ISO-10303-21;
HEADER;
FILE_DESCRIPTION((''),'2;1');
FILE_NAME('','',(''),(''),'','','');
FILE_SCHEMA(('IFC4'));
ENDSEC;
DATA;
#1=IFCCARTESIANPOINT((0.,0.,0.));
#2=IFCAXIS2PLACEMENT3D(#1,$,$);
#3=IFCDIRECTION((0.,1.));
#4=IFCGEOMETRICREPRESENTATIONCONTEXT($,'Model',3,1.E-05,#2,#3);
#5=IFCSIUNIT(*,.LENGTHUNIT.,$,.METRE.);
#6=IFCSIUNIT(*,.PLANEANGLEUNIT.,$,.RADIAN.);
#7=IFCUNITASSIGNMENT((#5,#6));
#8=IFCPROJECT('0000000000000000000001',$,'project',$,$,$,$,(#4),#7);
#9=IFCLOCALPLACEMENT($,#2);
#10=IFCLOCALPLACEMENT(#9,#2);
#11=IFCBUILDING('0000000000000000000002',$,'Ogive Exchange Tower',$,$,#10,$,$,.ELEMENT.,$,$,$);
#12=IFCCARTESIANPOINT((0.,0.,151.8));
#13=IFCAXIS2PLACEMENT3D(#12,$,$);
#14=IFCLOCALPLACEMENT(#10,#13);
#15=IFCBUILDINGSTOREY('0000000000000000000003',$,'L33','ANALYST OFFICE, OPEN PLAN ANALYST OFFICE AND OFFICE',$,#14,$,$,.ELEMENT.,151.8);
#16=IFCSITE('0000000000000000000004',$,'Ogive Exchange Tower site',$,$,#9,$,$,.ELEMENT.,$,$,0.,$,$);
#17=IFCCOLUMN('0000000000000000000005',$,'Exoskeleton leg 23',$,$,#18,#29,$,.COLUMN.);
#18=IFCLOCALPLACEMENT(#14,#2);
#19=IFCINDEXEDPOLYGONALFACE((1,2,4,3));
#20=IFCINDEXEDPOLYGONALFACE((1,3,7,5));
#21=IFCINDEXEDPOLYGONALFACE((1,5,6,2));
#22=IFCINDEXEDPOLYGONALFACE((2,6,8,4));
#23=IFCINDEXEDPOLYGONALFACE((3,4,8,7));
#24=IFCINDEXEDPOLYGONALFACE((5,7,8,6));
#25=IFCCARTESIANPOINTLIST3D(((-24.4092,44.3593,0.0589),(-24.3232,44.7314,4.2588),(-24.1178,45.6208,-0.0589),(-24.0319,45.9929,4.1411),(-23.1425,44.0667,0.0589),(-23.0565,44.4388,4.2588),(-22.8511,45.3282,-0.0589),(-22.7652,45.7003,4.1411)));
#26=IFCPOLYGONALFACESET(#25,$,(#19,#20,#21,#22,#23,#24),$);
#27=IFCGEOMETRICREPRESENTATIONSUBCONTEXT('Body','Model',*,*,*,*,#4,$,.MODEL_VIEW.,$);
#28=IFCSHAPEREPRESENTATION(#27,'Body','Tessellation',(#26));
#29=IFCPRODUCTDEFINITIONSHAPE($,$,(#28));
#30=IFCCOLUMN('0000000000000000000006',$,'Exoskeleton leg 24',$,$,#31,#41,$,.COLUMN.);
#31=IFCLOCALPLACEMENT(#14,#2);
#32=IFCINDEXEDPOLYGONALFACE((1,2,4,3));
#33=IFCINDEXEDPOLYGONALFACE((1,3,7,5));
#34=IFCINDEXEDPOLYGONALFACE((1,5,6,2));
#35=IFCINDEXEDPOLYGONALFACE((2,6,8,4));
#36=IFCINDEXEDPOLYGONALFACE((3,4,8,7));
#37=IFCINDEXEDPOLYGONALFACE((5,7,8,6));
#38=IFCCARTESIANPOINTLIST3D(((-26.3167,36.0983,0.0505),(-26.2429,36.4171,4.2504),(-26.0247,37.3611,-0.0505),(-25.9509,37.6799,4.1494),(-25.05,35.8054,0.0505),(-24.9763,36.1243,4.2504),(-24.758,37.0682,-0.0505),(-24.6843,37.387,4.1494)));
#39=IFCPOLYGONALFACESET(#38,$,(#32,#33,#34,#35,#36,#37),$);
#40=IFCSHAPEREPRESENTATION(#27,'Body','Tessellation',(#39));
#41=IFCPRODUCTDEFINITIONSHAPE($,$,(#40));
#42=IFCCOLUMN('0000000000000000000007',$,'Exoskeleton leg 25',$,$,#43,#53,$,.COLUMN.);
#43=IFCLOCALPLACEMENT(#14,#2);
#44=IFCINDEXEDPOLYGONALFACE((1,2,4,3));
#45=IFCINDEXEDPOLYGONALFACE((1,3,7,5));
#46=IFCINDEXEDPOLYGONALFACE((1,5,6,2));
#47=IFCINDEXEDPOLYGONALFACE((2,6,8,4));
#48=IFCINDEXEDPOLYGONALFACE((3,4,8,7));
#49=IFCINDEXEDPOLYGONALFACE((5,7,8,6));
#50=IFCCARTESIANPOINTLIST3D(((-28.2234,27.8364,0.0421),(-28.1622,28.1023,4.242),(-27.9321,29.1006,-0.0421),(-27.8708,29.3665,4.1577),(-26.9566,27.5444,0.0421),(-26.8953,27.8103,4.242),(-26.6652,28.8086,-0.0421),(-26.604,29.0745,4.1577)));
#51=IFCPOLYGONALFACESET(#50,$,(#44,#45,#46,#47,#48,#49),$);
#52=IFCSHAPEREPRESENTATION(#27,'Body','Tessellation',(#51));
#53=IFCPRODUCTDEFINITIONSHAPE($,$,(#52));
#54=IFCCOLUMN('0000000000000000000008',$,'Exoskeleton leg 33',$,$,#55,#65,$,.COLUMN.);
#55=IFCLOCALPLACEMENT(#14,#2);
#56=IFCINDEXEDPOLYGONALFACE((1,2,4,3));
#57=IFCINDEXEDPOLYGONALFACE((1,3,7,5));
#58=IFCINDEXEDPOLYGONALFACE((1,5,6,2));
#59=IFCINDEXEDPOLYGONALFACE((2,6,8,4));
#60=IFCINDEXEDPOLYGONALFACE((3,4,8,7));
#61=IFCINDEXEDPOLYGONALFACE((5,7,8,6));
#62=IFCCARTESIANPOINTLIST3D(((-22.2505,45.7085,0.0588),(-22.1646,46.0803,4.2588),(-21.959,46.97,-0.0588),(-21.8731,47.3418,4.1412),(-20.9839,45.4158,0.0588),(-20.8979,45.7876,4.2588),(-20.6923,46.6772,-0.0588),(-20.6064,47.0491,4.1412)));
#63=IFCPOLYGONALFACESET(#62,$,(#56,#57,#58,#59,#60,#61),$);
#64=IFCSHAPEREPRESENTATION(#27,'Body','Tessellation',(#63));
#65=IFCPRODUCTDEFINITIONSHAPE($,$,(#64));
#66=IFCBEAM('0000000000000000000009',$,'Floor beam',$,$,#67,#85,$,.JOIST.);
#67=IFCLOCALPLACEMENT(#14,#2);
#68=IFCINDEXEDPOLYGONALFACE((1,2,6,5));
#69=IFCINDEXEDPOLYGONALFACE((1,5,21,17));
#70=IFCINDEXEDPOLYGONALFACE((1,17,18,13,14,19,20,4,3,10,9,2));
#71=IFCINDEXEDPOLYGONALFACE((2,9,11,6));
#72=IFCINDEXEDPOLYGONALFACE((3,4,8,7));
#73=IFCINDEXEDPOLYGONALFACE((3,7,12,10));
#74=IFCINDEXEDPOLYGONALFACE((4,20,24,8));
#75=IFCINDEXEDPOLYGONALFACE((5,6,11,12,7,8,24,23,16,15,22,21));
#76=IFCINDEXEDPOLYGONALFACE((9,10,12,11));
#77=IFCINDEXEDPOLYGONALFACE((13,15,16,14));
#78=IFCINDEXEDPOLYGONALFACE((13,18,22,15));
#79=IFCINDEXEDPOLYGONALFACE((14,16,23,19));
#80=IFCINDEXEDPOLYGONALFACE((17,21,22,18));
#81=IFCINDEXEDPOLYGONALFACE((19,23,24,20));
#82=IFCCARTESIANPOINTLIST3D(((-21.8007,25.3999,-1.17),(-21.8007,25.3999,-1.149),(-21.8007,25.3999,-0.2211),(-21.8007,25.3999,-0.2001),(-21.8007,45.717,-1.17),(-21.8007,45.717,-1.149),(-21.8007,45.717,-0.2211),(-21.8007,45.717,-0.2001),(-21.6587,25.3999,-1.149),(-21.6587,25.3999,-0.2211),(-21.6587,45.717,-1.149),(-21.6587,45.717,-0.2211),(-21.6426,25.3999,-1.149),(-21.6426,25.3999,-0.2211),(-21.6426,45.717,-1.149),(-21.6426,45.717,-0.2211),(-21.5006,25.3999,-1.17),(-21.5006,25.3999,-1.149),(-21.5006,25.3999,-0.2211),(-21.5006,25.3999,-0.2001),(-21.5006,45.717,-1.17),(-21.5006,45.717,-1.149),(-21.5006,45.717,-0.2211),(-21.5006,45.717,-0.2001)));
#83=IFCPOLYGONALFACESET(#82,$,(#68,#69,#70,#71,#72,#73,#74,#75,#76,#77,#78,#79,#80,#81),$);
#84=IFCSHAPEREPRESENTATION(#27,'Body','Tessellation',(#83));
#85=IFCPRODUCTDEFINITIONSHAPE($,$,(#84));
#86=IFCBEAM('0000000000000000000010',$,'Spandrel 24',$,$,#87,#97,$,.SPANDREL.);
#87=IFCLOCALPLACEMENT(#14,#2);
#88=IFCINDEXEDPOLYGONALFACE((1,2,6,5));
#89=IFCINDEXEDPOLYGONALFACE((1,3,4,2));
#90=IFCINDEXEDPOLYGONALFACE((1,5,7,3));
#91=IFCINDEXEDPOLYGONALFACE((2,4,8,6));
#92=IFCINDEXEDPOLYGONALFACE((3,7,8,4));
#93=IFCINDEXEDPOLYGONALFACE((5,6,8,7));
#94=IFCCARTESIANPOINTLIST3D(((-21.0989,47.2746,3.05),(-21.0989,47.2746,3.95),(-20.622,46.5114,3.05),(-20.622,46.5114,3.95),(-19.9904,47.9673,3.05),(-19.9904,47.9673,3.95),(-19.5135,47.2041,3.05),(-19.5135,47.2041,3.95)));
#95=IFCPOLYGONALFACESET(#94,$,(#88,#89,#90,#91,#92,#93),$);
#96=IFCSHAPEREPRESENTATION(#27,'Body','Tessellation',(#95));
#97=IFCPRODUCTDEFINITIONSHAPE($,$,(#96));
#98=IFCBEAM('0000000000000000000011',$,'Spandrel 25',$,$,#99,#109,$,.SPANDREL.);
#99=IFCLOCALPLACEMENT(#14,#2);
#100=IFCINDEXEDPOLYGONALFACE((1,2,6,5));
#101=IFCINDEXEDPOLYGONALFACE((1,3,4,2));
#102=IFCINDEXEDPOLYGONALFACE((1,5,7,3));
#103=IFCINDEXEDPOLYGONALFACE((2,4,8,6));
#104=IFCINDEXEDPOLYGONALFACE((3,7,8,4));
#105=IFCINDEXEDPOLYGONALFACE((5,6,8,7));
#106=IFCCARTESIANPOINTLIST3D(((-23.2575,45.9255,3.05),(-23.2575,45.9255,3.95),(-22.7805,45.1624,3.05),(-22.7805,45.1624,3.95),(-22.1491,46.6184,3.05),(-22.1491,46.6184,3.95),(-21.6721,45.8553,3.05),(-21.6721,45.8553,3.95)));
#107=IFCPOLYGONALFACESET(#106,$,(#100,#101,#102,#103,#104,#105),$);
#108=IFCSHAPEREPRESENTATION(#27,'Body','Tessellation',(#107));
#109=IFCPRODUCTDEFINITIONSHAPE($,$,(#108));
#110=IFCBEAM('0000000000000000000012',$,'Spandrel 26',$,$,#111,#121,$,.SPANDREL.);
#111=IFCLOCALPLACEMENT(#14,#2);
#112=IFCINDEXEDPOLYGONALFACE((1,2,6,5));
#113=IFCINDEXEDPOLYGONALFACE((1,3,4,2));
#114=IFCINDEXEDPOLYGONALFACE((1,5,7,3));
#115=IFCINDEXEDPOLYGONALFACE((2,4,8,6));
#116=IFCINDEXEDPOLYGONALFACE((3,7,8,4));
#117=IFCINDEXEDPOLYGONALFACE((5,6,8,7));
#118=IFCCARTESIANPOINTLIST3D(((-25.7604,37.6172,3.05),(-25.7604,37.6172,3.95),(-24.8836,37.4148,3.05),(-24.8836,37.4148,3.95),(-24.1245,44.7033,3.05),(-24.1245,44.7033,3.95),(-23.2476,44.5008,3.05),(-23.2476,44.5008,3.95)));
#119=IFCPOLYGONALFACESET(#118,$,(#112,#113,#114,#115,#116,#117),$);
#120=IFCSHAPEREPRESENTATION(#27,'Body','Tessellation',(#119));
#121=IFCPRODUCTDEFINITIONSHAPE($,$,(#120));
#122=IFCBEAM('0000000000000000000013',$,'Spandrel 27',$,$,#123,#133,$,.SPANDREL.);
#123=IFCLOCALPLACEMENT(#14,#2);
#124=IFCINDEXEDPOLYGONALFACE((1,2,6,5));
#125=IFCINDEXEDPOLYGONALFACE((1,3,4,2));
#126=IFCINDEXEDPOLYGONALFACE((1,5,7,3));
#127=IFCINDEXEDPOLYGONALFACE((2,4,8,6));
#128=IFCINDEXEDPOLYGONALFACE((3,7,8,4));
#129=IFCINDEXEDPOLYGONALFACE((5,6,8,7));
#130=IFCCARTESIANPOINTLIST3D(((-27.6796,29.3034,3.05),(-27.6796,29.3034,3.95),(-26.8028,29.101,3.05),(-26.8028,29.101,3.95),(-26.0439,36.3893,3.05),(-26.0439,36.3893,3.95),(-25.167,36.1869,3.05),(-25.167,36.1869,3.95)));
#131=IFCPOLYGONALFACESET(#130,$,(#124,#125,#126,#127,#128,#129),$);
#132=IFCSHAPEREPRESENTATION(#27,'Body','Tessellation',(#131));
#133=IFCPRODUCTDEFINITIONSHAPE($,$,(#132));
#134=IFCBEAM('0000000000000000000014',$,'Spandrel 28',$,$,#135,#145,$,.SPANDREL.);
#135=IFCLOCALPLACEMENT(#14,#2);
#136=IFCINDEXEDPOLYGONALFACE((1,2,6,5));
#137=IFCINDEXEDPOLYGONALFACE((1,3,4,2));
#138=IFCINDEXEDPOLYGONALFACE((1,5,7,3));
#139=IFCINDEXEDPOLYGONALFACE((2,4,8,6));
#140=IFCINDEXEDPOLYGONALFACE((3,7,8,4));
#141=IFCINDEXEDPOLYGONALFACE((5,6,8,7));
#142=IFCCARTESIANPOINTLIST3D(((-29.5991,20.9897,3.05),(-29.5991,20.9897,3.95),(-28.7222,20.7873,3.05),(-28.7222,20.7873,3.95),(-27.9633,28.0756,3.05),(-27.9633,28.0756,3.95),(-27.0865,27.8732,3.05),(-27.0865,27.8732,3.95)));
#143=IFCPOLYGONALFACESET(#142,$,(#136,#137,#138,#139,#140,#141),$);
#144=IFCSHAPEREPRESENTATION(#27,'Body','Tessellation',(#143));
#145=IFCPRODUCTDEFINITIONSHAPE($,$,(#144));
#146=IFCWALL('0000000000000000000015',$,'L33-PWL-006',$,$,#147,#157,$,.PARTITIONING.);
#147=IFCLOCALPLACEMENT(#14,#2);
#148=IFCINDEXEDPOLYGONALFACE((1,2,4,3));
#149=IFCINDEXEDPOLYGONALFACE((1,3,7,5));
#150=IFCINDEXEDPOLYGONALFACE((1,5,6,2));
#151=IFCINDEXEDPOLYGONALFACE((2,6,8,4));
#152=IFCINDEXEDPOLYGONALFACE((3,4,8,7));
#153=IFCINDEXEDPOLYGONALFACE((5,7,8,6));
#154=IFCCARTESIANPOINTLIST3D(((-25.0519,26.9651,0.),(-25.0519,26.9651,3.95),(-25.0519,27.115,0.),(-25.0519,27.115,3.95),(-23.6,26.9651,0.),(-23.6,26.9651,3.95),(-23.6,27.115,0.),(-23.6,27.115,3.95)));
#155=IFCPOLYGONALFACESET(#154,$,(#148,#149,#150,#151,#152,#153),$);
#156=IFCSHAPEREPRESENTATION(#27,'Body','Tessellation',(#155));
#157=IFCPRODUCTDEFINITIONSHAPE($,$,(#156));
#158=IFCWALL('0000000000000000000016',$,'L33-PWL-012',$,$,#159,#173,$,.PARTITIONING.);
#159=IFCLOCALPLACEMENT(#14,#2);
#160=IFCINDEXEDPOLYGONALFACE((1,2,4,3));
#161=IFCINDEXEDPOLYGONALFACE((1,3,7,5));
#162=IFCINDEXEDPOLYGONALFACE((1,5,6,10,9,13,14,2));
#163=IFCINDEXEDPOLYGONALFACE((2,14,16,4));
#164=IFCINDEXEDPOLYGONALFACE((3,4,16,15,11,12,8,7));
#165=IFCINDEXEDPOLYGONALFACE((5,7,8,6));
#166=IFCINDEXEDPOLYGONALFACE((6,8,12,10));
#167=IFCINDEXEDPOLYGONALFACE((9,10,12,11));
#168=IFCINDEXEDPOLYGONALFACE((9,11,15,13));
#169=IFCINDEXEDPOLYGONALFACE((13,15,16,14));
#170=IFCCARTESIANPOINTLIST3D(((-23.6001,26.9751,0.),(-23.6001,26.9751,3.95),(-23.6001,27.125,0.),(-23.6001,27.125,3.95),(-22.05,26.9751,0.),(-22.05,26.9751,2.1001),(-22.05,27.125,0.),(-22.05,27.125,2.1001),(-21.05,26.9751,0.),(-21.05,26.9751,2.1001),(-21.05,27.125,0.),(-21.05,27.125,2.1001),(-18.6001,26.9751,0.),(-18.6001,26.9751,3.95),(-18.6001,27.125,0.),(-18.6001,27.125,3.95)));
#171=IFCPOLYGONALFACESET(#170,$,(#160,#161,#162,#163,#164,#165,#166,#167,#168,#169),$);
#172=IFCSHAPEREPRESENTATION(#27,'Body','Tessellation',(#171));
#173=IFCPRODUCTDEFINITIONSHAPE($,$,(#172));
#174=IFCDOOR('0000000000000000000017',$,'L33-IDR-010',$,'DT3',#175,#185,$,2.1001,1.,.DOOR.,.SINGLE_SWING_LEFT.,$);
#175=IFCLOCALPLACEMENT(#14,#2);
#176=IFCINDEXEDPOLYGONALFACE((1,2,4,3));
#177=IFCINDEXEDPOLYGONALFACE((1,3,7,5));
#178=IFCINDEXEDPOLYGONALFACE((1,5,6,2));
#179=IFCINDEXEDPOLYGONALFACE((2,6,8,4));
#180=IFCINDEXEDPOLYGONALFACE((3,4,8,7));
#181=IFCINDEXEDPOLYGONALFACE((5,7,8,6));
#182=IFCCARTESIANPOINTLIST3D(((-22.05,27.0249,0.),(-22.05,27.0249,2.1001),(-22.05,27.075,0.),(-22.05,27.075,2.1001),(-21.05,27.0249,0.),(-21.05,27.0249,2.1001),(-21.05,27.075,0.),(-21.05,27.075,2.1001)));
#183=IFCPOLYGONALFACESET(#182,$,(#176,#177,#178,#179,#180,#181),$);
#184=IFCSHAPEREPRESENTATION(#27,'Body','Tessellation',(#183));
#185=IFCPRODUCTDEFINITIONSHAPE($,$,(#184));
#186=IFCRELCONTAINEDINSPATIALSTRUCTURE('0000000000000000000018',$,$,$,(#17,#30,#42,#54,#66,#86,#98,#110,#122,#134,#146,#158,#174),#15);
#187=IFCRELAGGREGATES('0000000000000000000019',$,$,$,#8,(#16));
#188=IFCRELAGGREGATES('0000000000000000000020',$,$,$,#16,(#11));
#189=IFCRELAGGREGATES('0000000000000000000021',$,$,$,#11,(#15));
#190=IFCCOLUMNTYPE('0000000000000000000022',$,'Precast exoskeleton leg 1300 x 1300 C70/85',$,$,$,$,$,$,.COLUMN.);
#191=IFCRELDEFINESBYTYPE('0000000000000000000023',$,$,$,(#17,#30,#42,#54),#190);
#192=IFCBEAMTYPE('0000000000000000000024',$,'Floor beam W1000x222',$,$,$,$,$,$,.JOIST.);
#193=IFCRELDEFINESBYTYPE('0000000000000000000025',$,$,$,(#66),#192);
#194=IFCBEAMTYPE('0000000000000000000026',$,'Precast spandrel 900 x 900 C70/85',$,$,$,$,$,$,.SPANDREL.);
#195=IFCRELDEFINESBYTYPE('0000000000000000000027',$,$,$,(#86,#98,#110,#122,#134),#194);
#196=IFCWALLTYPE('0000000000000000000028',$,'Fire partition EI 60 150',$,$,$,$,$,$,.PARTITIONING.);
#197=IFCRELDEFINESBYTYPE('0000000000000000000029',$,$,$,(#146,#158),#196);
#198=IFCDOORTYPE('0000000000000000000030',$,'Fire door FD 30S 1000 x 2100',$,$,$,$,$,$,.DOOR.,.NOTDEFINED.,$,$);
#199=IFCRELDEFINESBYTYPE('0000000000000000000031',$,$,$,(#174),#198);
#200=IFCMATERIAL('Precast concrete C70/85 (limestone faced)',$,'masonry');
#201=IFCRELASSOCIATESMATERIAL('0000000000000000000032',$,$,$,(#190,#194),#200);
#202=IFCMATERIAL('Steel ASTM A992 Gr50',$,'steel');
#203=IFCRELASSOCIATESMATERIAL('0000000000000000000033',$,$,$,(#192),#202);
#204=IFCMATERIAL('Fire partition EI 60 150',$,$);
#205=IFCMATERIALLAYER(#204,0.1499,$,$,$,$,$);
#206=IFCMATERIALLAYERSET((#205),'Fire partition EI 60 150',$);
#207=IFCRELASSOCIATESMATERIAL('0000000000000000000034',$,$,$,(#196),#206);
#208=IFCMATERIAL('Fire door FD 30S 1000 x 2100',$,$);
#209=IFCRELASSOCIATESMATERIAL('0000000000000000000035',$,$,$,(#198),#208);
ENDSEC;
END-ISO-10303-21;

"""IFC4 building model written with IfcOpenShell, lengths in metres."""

from ifc_helpers import new_model, si_unit, direction, frame, frame_2d, origin, origin_2d, place, context, subcontext, project, spatial, rectangle, i_section, extrude, material, layer, layer_set, material_profile, profile_set, type_object, element, fill, save


model = new_model("IFC4")

# Units and contexts
model_context = context("Model", 3, precision=1e-05, world=origin(), true_north=direction((0.0, 1.0)))
body_context = subcontext(model_context, "Body", "Model", "MODEL_VIEW")
ifc_project = project(units=[si_unit("LENGTHUNIT", "METRE"), si_unit("PLANEANGLEUNIT", "RADIAN")], contexts=[model_context])

# Site, building, storey
site_placement = place(None, origin())
site = spatial("IfcSite", under=ifc_project, at=site_placement, Name="Ogive Exchange Tower site", CompositionType="ELEMENT", RefElevation=0.0)
building_placement = place(site_placement, origin())
building = spatial("IfcBuilding", under=site, at=building_placement, Name="Ogive Exchange Tower", CompositionType="ELEMENT")
storey_placement = place(building_placement, frame((0.0, 0.0, 151.8)))
storey = spatial("IfcBuildingStorey", under=building, at=storey_placement, Name="L33", Description="ANALYST OFFICE, OPEN PLAN ANALYST OFFICE AND OFFICE", CompositionType="ELEMENT", Elevation=151.8)

# Columns
ifc_material_1 = material(Name="Precast concrete C70/85 (limestone faced)", Category="masonry")
ifc_material_profile_1 = material_profile(ifc_material_1, rectangle(XDim=1.3, YDim=1.3, at=origin_2d()), Name="1300 x 1300")
ifc_profile_set_1 = profile_set([ifc_material_profile_1], Name="Precast concrete C70/85 (limestone faced)")
column_type = type_object("IfcColumnType", Name="Precast exoskeleton leg 1300 x 1300 C70/85", PredefinedType="COLUMN", material=ifc_profile_set_1)
column_1_placement = place(storey_placement, frame((-23.6301, 44.8438, 0.0), z_axis=(0.020377, 0.088225, 0.995892), x_axis=(-0.974348, 0.225046, 0.0)))
element("IfcColumn", 1, at=column_1_placement, inside=storey, type_object=column_type, Name="Exoskeleton leg 23", PredefinedType="COLUMN", context=body_context, shape_type="SweptSolid", body=[
    extrude(rectangle(XDim=1.3, YDim=1.3, at=origin_2d()), origin(), (0.0, 0.0, 1.0), 4.2173),
])
column_2_placement = place(storey_placement, frame((-25.5374, 36.5833, 0.0), z_axis=(0.017502, 0.075688, 0.996978), x_axis=(-0.974291, 0.225295, 0.0)))
element("IfcColumn", 2, at=column_2_placement, inside=storey, type_object=column_type, Name="Exoskeleton leg 24", PredefinedType="COLUMN", context=body_context, shape_type="SweptSolid", body=[
    extrude(rectangle(XDim=1.3, YDim=1.3, at=origin_2d()), origin(), (0.0, 0.0, 1.0), 4.2126),
])
column_3_placement = place(storey_placement, frame((-27.4443, 28.3225, 0.0), z_axis=(0.01456, 0.06317, 0.997897), x_axis=(-0.974451, 0.224598, 0.0)))
element("IfcColumn", 3, at=column_3_placement, inside=storey, type_object=column_type, Name="Exoskeleton leg 25", PredefinedType="COLUMN", context=body_context, shape_type="SweptSolid", body=[
    extrude(rectangle(XDim=1.3, YDim=1.3, at=origin_2d()), origin(), (0.0, 0.0, 1.0), 4.2087),
])
column_4_placement = place(storey_placement, frame((-21.4714, 46.1929, 0.0), z_axis=(0.020378, 0.088168, 0.995897), x_axis=(-0.974316, 0.225187, 0.0)))
element("IfcColumn", 4, at=column_4_placement, inside=storey, type_object=column_type, Name="Exoskeleton leg 33", PredefinedType="COLUMN", context=body_context, shape_type="SweptSolid", body=[
    extrude(rectangle(XDim=1.3, YDim=1.3, at=origin_2d()), origin(), (0.0, 0.0, 1.0), 4.2173),
])

# Beams
ifc_material_2 = material(Name="Steel ASTM A992 Gr50", Category="steel")
ifc_material_profile_2 = material_profile(ifc_material_2, i_section(OverallWidth=0.3, OverallDepth=0.97, WebThickness=0.0161, FlangeThickness=0.021, at=origin_2d()), Name="W1000x222")
ifc_profile_set_2 = profile_set([ifc_material_profile_2], Name="Steel ASTM A992 Gr50")
beam_type_1 = type_object("IfcBeamType", Name="Floor beam W1000x222", PredefinedType="JOIST", material=ifc_profile_set_2)
beam_1_placement = place(storey_placement, frame((-21.6506, 25.3999, -0.6851), z_axis=(0.0, 1.0, 0.0), x_axis=(-1.0, 0.0, 0.0)))
element("IfcBeam", 5, at=beam_1_placement, inside=storey, type_object=beam_type_1, Name="Floor beam", PredefinedType="JOIST", context=body_context, shape_type="SweptSolid", body=[
    extrude(i_section(OverallWidth=0.3, OverallDepth=0.97, WebThickness=0.0161, FlangeThickness=0.021, at=origin_2d()), origin(), (0.0, 0.0, 1.0), 20.3171),
])
ifc_material_profile_3 = material_profile(ifc_material_1, rectangle(XDim=0.8999, YDim=0.8999, at=origin_2d()), Name="900 x 900")
ifc_profile_set_3 = profile_set([ifc_material_profile_3], Name="Precast concrete C70/85 (limestone faced)")
beam_type_2 = type_object("IfcBeamType", Name="Precast spandrel 900 x 900 C70/85", PredefinedType="SPANDREL", material=ifc_profile_set_3)
for number, where, z_axis, x_axis, name in (
    (6, (-19.752, 47.5857, 3.5), (-0.84804, -0.529932, 0.0), (0.529932, -0.84804, 0.0), "Spandrel 24"),
    (7, (-21.9106, 46.2368, 3.5), (-0.847956, -0.530066, 0.0), (0.530066, -0.847956, 0.0), "Spandrel 25"),
):
    element("IfcBeam", number, at=place(storey_placement, frame(where, z_axis=z_axis, x_axis=x_axis)), inside=storey, type_object=beam_type_2, Name=name, PredefinedType="SPANDREL", context=body_context, shape_type="SweptSolid", body=[
        extrude(rectangle(XDim=0.8999, YDim=0.8999, at=origin_2d()), origin(), (0.0, 0.0, 1.0), 1.3071),
    ])
beam_2_placement = place(storey_placement, frame((-23.686, 44.6021, 3.5), z_axis=(-0.224953, -0.97437, 0.0), x_axis=(0.97437, -0.224953, 0.0)))
element("IfcBeam", 8, at=beam_2_placement, inside=storey, type_object=beam_type_2, Name="Spandrel 26", PredefinedType="SPANDREL", context=body_context, shape_type="SweptSolid", body=[
    extrude(rectangle(XDim=0.8999, YDim=0.8999, at=origin_2d()), origin(), (0.0, 0.0, 1.0), 7.2725),
])
for number, where, z_axis, x_axis, name in (
    (9, (-25.6055, 36.2881, 3.5), (-0.224928, -0.974375, 0.0), (0.974375, -0.224928, 0.0), "Spandrel 27"),
    (10, (-27.5249, 27.9744, 3.5), (-0.224928, -0.974375, 0.0), (0.974375, -0.224928, 0.0), "Spandrel 28"),
):
    element("IfcBeam", number, at=place(storey_placement, frame(where, z_axis=z_axis, x_axis=x_axis)), inside=storey, type_object=beam_type_2, Name=name, PredefinedType="SPANDREL", context=body_context, shape_type="SweptSolid", body=[
        extrude(rectangle(XDim=0.8999, YDim=0.8999, at=origin_2d()), origin(), (0.0, 0.0, 1.0), 7.2722),
    ])

# Wall
ifc_material_3 = material(Name="Fire partition EI 60 150")
ifc_layer_1 = layer(ifc_material_3, 0.1499)
ifc_layer_set_1 = layer_set([ifc_layer_1], Name="Fire partition EI 60 150")
wall_type_1 = type_object("IfcWallType", Name="Fire partition EI 60 150", PredefinedType="PARTITIONING", material=ifc_layer_set_1)
wall_1_placement = place(storey_placement, frame((-25.052, 27.04, 0.0), z_axis=(0.0, 0.0, 1.0), x_axis=(1.0, 0.0, 0.0)))
element("IfcWall", 11, at=wall_1_placement, inside=storey, type_object=wall_type_1, Name="L33-PWL-006", PredefinedType="PARTITIONING", context=body_context, shape_type="SweptSolid", body=[
    extrude(rectangle(XDim=1.4519, YDim=0.1499, at=frame_2d((0.7261, 0.0))), origin(), (0.0, 0.0, 1.0), 3.95),
])

# Wall, opening, door
wall_2_placement = place(storey_placement, frame((-23.6001, 27.05, 0.0), z_axis=(0.0, 0.0, 1.0), x_axis=(1.0, 0.0, 0.0)))
wall_2 = element("IfcWall", 12, at=wall_2_placement, inside=storey, type_object=wall_type_1, Name="L33-PWL-012", PredefinedType="PARTITIONING", context=body_context, shape_type="SweptSolid", body=[
    extrude(rectangle(XDim=5.0, YDim=0.1499, at=frame_2d((2.5, 0.0))), origin(), (0.0, 0.0, 1.0), 3.95),
])
opening_1_placement = place(wall_2_placement, frame((1.55, 0.0, 0.0)))
opening_1 = element("IfcOpeningElement", 13, at=opening_1_placement, cuts=wall_2, PredefinedType="OPENING", context=body_context, shape_type="SweptSolid", body=[
    extrude(rectangle(XDim=1.0, YDim=2.1001, at=frame_2d((0.5, 1.05))), frame((0.0, 0.085, 0.0), z_axis=(0.0, -1.0, 0.0), x_axis=(1.0, 0.0, 0.0)), (0.0, 0.0, 1.0), 0.1699),
])
ifc_material_4 = material(Name="Fire door FD 30S 1000 x 2100")
door_type_1 = type_object("IfcDoorType", Name="Fire door FD 30S 1000 x 2100", OperationType="NOTDEFINED", PredefinedType="DOOR", material=ifc_material_4)
door_1_placement = place(opening_1_placement, origin())
door_1 = element("IfcDoor", 14, at=door_1_placement, inside=storey, type_object=door_type_1, Name="L33-IDR-010", ObjectType="DT3", OperationType="SINGLE_SWING_LEFT", OverallHeight=2.1001, OverallWidth=1.0, PredefinedType="DOOR", context=body_context, shape_type="SweptSolid", body=[
    extrude(rectangle(XDim=1.0, YDim=2.1001, at=frame_2d((0.5, 1.05))), frame((0.0, 0.0249, 0.0), z_axis=(0.0, -1.0, 0.0), x_axis=(1.0, 0.0, 0.0)), (0.0, 0.0, 1.0), 0.05),
])
fill(opening_1, door_1)

save(model, "model.ifc")
